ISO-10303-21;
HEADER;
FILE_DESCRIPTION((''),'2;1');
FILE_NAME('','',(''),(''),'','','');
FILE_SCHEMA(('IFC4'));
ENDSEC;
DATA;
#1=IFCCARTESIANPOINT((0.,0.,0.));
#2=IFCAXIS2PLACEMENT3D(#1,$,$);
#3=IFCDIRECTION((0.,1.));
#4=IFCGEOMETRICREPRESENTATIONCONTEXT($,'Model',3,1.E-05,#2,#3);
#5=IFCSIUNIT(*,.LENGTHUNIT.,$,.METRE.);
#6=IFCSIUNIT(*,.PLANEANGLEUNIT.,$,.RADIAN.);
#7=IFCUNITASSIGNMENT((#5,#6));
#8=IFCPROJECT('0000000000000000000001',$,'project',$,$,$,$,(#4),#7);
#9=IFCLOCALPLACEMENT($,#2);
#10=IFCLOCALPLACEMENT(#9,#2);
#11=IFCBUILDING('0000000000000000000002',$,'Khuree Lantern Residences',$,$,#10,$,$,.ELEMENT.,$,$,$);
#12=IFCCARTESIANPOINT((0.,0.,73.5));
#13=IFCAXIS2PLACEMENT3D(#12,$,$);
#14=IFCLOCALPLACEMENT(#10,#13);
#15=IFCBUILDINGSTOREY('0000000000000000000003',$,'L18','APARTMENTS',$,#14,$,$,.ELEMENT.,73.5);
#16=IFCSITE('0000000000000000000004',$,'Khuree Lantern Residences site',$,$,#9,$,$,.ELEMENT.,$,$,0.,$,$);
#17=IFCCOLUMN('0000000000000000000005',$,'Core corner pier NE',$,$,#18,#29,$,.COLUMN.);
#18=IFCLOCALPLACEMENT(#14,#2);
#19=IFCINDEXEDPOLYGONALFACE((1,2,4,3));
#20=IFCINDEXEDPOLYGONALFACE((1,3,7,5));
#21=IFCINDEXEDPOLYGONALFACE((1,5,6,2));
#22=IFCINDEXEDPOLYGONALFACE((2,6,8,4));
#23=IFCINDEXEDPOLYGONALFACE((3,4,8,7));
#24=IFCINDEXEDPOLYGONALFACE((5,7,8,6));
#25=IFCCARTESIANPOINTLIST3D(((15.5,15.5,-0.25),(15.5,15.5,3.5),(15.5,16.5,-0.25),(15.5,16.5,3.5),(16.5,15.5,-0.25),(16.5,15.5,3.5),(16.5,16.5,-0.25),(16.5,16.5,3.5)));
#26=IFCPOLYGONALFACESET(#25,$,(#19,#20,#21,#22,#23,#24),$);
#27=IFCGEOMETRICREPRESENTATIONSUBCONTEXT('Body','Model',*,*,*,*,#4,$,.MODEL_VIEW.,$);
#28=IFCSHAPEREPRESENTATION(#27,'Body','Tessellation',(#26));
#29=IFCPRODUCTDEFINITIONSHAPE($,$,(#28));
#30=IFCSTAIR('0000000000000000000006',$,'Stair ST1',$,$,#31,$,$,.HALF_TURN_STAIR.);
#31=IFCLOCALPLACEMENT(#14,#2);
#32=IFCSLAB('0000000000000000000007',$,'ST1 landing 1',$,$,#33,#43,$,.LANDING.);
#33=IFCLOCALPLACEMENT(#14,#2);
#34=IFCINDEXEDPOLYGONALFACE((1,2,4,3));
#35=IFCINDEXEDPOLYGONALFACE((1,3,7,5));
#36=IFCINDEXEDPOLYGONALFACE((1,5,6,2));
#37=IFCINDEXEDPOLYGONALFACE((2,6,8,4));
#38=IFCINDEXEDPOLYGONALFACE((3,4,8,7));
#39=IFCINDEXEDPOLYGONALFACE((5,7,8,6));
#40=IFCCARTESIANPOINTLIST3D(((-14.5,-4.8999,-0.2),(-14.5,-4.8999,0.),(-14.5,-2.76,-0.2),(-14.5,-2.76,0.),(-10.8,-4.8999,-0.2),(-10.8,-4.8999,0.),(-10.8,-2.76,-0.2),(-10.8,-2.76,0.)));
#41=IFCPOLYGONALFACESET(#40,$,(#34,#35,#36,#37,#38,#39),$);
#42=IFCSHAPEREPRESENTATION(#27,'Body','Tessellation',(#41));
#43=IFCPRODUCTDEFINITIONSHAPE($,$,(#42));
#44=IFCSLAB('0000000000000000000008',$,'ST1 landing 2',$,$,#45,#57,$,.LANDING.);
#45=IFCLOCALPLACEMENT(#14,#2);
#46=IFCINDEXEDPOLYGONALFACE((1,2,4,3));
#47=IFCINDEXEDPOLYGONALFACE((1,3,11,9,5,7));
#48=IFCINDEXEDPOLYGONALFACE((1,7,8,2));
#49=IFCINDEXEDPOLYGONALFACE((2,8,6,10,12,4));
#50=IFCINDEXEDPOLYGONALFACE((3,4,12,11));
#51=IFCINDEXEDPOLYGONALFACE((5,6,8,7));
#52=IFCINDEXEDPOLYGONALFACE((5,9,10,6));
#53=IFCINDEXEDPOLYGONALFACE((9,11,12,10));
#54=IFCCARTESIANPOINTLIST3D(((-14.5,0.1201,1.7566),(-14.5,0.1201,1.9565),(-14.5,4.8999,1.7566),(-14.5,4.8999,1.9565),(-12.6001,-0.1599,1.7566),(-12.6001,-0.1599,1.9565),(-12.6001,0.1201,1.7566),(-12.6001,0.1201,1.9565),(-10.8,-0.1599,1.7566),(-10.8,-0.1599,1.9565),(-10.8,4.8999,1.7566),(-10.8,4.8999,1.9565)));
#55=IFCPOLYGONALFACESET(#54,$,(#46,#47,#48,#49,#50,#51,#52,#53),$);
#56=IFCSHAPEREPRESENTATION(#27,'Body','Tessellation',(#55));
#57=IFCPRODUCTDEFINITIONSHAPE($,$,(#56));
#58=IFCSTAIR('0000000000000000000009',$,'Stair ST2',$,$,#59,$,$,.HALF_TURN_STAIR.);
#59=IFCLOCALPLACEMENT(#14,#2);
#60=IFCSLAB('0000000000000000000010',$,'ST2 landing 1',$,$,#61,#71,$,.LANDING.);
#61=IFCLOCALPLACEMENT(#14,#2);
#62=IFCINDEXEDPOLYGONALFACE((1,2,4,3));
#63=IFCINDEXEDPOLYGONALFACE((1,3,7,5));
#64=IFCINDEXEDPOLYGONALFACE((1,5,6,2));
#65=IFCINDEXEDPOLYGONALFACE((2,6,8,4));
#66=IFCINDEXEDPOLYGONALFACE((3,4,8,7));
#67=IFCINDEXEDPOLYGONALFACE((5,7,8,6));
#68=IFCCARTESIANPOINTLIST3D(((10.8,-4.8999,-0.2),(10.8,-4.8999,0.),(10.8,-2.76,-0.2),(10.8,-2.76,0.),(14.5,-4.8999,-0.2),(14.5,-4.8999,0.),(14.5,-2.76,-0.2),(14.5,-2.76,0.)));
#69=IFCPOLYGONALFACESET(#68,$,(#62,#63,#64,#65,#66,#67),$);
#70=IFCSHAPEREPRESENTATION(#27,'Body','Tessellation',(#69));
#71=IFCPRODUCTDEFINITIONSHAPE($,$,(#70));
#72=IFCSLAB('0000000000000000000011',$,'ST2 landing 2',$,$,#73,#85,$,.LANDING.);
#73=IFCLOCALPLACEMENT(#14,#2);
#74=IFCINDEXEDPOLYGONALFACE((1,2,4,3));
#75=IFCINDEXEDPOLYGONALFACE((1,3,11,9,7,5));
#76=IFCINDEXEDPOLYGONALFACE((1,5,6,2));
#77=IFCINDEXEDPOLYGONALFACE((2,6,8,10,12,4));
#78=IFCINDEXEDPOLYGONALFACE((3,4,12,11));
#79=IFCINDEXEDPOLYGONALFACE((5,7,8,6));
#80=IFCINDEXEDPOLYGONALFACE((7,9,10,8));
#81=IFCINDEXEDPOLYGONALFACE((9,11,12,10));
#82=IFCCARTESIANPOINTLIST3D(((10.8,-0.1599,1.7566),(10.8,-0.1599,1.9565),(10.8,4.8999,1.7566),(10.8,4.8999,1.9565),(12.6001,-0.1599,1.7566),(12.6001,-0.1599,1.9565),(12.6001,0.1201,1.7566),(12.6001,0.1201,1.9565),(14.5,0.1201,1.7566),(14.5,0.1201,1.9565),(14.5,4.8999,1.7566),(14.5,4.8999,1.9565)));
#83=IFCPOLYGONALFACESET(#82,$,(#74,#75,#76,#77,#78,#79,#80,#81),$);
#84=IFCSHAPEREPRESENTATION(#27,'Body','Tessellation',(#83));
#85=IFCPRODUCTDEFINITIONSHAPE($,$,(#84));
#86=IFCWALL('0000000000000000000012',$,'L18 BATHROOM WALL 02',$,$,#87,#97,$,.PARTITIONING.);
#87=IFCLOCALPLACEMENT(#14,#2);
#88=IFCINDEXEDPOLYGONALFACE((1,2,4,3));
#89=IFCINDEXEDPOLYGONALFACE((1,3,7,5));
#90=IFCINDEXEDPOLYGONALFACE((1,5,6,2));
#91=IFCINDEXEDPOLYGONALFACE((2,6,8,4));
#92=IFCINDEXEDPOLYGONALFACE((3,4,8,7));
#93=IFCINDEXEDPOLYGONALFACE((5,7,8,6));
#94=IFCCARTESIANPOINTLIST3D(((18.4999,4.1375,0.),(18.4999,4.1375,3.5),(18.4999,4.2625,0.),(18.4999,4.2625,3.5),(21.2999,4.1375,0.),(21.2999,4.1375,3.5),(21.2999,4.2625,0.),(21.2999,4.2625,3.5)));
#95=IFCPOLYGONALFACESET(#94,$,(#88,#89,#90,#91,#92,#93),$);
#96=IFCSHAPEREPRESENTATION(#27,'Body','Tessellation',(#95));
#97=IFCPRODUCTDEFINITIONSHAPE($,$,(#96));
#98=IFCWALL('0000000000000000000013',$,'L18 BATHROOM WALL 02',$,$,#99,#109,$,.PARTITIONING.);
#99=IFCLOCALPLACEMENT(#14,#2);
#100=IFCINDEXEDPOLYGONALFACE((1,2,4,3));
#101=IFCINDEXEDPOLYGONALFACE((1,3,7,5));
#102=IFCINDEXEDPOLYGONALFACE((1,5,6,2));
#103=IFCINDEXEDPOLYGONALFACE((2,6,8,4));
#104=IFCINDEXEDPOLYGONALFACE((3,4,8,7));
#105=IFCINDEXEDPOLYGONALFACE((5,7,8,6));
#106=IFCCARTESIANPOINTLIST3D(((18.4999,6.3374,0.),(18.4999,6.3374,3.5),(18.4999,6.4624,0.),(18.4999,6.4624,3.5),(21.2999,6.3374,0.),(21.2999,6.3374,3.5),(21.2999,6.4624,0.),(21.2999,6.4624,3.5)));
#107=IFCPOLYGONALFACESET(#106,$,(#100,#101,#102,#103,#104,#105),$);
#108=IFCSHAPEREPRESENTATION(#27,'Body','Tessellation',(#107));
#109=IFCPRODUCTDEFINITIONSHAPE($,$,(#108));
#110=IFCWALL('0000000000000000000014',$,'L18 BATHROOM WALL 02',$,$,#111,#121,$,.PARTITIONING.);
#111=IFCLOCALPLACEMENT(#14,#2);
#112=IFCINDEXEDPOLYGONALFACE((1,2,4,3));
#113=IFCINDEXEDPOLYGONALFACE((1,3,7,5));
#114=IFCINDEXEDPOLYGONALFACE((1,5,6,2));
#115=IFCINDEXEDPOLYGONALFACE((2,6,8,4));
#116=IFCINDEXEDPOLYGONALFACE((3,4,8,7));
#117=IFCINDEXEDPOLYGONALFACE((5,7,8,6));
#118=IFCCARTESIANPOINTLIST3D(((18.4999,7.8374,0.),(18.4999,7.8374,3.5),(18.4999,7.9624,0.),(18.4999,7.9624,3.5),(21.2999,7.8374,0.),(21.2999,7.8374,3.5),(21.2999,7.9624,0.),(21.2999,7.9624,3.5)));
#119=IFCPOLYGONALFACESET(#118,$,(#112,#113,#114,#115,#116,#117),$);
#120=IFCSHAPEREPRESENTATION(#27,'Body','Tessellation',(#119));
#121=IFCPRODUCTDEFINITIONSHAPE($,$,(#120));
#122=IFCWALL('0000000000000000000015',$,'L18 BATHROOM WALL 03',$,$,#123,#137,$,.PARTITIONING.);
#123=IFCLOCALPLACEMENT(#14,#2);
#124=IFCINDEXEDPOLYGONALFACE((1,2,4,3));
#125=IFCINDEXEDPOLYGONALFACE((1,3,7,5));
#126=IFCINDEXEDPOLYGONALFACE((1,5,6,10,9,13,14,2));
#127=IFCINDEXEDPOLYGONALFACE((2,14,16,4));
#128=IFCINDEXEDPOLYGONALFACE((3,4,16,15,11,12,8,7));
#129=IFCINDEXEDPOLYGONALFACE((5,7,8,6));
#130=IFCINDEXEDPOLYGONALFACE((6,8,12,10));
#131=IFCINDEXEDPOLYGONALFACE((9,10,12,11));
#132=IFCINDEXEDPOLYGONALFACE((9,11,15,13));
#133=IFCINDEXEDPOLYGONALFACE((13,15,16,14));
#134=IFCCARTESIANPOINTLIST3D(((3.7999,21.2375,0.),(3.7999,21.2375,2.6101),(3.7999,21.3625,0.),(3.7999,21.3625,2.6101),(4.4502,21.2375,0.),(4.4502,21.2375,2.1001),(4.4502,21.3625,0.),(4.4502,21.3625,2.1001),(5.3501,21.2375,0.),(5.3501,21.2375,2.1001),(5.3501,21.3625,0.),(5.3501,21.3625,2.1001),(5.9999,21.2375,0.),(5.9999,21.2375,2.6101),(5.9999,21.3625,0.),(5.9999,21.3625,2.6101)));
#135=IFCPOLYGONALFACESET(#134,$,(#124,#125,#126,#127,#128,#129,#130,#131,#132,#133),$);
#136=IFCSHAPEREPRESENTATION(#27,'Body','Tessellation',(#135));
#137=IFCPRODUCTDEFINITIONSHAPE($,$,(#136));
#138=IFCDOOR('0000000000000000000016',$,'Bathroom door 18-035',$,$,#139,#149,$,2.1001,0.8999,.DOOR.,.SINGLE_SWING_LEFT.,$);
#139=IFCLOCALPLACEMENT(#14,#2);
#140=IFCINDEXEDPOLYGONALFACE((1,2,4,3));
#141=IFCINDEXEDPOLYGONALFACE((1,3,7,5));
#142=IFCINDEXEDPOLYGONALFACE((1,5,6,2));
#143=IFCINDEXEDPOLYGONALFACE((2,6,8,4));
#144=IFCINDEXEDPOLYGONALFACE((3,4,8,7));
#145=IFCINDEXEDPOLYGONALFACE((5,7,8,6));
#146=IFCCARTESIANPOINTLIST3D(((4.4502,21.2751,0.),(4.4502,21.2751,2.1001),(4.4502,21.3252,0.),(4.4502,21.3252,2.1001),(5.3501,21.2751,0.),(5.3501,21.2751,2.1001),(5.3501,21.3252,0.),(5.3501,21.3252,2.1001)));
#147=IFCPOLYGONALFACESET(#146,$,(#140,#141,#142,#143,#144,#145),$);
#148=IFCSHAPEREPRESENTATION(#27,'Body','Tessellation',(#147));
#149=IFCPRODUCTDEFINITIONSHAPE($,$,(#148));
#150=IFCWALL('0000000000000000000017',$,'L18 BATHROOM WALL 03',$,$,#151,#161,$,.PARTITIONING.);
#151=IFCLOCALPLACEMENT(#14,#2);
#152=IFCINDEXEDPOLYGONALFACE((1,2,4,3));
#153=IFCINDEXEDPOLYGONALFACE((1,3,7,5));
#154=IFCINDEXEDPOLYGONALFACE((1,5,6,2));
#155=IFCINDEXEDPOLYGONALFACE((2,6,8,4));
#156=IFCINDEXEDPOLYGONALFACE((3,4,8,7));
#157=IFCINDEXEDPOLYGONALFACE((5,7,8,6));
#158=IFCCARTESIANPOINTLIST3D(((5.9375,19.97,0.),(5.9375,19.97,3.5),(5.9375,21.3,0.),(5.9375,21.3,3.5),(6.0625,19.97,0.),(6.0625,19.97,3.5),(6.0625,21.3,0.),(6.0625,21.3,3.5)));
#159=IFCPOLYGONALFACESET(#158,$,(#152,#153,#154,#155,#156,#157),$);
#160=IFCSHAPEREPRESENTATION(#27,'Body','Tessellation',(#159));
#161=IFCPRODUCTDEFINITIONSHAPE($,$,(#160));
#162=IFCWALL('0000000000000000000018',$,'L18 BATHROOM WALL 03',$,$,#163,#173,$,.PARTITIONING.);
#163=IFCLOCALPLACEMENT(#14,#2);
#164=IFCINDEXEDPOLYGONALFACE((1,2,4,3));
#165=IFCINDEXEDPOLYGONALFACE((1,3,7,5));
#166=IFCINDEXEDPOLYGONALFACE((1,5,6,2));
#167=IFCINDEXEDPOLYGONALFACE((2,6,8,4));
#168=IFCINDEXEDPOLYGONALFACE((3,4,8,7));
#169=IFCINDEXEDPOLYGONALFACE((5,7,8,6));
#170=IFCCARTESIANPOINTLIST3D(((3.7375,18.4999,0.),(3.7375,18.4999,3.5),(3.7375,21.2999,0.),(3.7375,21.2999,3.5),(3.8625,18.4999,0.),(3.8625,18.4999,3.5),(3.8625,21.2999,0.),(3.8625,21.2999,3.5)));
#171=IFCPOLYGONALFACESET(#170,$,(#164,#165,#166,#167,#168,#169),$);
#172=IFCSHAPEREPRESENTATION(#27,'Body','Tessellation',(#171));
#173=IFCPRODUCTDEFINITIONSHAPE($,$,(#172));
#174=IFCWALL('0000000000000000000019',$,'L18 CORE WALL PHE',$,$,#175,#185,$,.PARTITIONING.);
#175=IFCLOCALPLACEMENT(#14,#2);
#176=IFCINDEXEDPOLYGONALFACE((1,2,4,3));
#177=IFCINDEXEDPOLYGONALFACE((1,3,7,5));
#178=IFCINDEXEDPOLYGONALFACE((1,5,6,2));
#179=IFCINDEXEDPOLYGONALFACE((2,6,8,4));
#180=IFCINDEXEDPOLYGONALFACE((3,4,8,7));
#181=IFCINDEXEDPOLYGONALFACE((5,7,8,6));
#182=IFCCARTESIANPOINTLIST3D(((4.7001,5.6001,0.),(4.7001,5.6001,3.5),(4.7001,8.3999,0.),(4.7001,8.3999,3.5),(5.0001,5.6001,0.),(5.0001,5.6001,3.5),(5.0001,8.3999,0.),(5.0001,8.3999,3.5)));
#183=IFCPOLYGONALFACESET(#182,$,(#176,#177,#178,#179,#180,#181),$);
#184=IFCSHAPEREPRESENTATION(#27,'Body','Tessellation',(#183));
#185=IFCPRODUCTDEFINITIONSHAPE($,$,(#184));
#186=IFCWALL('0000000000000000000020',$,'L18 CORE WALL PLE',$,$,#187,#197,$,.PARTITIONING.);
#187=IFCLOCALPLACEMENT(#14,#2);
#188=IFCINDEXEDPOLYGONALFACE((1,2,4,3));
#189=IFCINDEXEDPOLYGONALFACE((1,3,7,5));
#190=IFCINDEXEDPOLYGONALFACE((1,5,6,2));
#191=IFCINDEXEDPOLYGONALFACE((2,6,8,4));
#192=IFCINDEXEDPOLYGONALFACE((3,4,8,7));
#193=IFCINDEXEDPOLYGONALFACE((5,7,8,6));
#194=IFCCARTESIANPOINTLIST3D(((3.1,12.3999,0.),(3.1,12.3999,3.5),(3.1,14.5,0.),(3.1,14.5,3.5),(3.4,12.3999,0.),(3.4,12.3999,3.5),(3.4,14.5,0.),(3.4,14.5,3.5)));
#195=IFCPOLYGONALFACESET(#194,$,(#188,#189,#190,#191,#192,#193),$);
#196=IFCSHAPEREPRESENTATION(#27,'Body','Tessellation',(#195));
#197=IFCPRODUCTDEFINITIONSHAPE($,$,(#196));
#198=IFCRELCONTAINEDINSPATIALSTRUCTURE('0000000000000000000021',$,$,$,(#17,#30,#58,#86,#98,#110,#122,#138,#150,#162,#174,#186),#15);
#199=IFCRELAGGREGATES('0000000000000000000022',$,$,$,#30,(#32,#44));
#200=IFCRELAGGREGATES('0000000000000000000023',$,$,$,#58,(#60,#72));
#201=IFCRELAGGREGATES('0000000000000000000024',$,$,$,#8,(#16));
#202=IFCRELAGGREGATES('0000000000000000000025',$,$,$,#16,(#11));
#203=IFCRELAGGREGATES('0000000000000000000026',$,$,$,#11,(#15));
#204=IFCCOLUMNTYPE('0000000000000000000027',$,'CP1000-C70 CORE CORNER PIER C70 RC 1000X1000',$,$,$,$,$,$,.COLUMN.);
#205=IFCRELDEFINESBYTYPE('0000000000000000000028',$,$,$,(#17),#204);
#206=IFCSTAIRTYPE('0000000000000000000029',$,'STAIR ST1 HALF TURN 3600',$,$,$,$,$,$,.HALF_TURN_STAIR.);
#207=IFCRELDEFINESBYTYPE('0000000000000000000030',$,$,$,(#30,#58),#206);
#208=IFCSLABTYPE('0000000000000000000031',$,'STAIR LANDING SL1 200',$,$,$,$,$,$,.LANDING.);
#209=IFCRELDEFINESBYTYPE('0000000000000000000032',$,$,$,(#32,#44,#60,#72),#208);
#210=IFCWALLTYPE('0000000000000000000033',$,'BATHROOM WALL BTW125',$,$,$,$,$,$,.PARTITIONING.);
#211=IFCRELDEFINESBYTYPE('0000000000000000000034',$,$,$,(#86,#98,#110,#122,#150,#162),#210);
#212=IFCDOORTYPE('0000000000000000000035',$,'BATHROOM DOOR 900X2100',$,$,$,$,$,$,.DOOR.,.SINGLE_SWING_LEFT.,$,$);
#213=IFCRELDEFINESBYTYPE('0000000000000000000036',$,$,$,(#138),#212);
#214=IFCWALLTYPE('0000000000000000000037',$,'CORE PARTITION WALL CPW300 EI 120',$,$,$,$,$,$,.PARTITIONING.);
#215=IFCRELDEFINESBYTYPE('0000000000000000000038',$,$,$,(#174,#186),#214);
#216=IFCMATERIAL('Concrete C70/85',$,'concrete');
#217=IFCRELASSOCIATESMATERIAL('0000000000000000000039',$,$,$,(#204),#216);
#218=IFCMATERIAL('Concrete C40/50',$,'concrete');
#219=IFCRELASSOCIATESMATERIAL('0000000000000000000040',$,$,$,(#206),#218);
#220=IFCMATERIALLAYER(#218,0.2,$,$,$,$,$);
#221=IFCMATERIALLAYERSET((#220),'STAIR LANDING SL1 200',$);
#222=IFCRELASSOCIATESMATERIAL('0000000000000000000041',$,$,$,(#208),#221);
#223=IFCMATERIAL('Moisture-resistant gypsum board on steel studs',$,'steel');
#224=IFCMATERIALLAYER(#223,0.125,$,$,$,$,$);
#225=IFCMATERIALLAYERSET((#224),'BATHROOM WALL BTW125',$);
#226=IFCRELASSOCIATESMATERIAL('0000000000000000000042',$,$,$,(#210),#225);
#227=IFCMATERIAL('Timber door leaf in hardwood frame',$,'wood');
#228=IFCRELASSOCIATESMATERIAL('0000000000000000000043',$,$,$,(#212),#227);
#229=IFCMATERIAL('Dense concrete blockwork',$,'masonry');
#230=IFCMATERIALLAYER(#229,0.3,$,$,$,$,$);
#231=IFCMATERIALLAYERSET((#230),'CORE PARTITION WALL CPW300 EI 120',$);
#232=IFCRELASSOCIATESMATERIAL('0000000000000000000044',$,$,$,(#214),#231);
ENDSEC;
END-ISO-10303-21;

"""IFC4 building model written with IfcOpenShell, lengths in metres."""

from ifc_helpers import new_model, si_unit, direction, frame, frame_2d, origin, origin_2d, place, context, subcontext, project, spatial, polyline, rectangle, outline, extrude, material, layer, layer_set, material_profile, profile_set, type_object, element, fill, aggregate, save


model = new_model("IFC4")

# Units and contexts
model_context = context("Model", 3, precision=1e-05, world=origin(), true_north=direction((0.0, 1.0)))
body_context = subcontext(model_context, "Body", "Model", "MODEL_VIEW")
ifc_project = project(units=[si_unit("LENGTHUNIT", "METRE"), si_unit("PLANEANGLEUNIT", "RADIAN")], contexts=[model_context])

# Site, building, storey
site_placement = place(None, origin())
site = spatial("IfcSite", under=ifc_project, at=site_placement, Name="Khuree Lantern Residences site", CompositionType="ELEMENT", RefElevation=0.0)
building_placement = place(site_placement, origin())
building = spatial("IfcBuilding", under=site, at=building_placement, Name="Khuree Lantern Residences", CompositionType="ELEMENT")
storey_placement = place(building_placement, frame((0.0, 0.0, 73.5)))
storey = spatial("IfcBuildingStorey", under=building, at=storey_placement, Name="L18", Description="APARTMENTS", CompositionType="ELEMENT", Elevation=73.5)

# Column
ifc_material_1 = material(Name="Concrete C70/85", Category="concrete")
ifc_material_profile = material_profile(ifc_material_1, rectangle(XDim=1.0, YDim=1.0, at=origin_2d()), Name="RC 1000X1000")
ifc_profile_set = profile_set([ifc_material_profile], Name="Concrete C70/85")
column_type = type_object("IfcColumnType", Name="CP1000-C70 CORE CORNER PIER C70 RC 1000X1000", PredefinedType="COLUMN", material=ifc_profile_set)
column_placement = place(storey_placement, frame((16.0, 16.0, -0.25), z_axis=(0.0, 0.0, 1.0), x_axis=(1.0, 0.0, 0.0)))
element("IfcColumn", 1, at=column_placement, inside=storey, type_object=column_type, Name="Core corner pier NE", PredefinedType="COLUMN", context=body_context, shape_type="SweptSolid", body=[
    extrude(rectangle(XDim=1.0, YDim=1.0, at=origin_2d()), origin(), (0.0, 0.0, 1.0), 3.75),
])

# Stairs, slabs
ifc_material_2 = material(Name="Concrete C40/50", Category="concrete")
stair_type = type_object("IfcStairType", Name="STAIR ST1 HALF TURN 3600", PredefinedType="HALF_TURN_STAIR", material=ifc_material_2)
stair_1_placement = place(storey_placement, origin())
stair_1 = element("IfcStair", 2, at=stair_1_placement, inside=storey, type_object=stair_type, Name="Stair ST1", PredefinedType="HALF_TURN_STAIR")
ifc_layer_1 = layer(ifc_material_2, 0.2)
ifc_layer_set_1 = layer_set([ifc_layer_1], Name="STAIR LANDING SL1 200")
slab_type = type_object("IfcSlabType", Name="STAIR LANDING SL1 200", PredefinedType="LANDING", material=ifc_layer_set_1)
slab_1_placement = place(storey_placement, frame((0.0, 0.0, -0.2)))
slab_1 = element("IfcSlab", 3, at=slab_1_placement, type_object=slab_type, Name="ST1 landing 1", PredefinedType="LANDING", context=body_context, shape_type="SweptSolid", body=[
    extrude(outline(polyline([(-14.5, -4.8999), (-10.8, -4.8999), (-10.8, -2.76), (-14.5, -2.76), (-14.5, -4.8999)])), origin(), (0.0, 0.0, 1.0), 0.2),
])
slab_2_placement = place(storey_placement, frame((0.0, 0.0, 1.7566)))
slab_2 = element("IfcSlab", 4, at=slab_2_placement, type_object=slab_type, Name="ST1 landing 2", PredefinedType="LANDING", context=body_context, shape_type="SweptSolid", body=[
    extrude(outline(polyline([(-14.5, 0.1201), (-14.5, 4.8999), (-10.8, 4.8999), (-10.8, -0.1599), (-12.6001, -0.1599), (-12.6001, 0.1201), (-14.5, 0.1201)])), origin(), (0.0, 0.0, 1.0), 0.2),
])
aggregate(stair_1, [slab_1, slab_2])
stair_2_placement = place(storey_placement, origin())
stair_2 = element("IfcStair", 5, at=stair_2_placement, inside=storey, type_object=stair_type, Name="Stair ST2", PredefinedType="HALF_TURN_STAIR")
slab_3_placement = place(storey_placement, frame((0.0, 0.0, -0.2)))
slab_3 = element("IfcSlab", 6, at=slab_3_placement, type_object=slab_type, Name="ST2 landing 1", PredefinedType="LANDING", context=body_context, shape_type="SweptSolid", body=[
    extrude(outline(polyline([(10.8, -4.8999), (14.5, -4.8999), (14.5, -2.76), (10.8, -2.76), (10.8, -4.8999)])), origin(), (0.0, 0.0, 1.0), 0.2),
])
slab_4_placement = place(storey_placement, frame((0.0, 0.0, 1.7566)))
slab_4 = element("IfcSlab", 7, at=slab_4_placement, type_object=slab_type, Name="ST2 landing 2", PredefinedType="LANDING", context=body_context, shape_type="SweptSolid", body=[
    extrude(outline(polyline([(14.5, 4.8999), (14.5, 0.1201), (12.6001, 0.1201), (12.6001, -0.1599), (10.8, -0.1599), (10.8, 4.8999), (14.5, 4.8999)])), origin(), (0.0, 0.0, 1.0), 0.2),
])
aggregate(stair_2, [slab_3, slab_4])

# Walls
ifc_material_3 = material(Name="Moisture-resistant gypsum board on steel studs", Category="steel")
ifc_layer_2 = layer(ifc_material_3, 0.125)
ifc_layer_set_2 = layer_set([ifc_layer_2], Name="BATHROOM WALL BTW125")
wall_type_1 = type_object("IfcWallType", Name="BATHROOM WALL BTW125", PredefinedType="PARTITIONING", material=ifc_layer_set_2)
for number, where, z_axis, x_axis, name in (
    (8, (18.5, 4.2, 0.0), (0.0, 0.0, 1.0), (1.0, 0.0, 0.0), "L18 BATHROOM WALL 02"),
    (9, (18.5, 6.3999, 0.0), (0.0, 0.0, 1.0), (1.0, 0.0, 0.0), "L18 BATHROOM WALL 02"),
    (10, (18.5, 7.8999, 0.0), (0.0, 0.0, 1.0), (1.0, 0.0, 0.0), "L18 BATHROOM WALL 02"),
):
    element("IfcWall", number, at=place(storey_placement, frame(where, z_axis=z_axis, x_axis=x_axis)), inside=storey, type_object=wall_type_1, Name=name, PredefinedType="PARTITIONING", context=body_context, shape_type="SweptSolid", body=[
        extrude(rectangle(XDim=2.8, YDim=0.125, at=frame_2d((1.3999, 0.0))), origin(), (0.0, 0.0, 1.0), 3.5),
    ])

# Wall, opening, door
wall_1_placement = place(storey_placement, frame((6.0, 21.3, 0.0), z_axis=(0.0, 0.0, 1.0), x_axis=(-1.0, 0.0, 0.0)))
wall_1 = element("IfcWall", 11, at=wall_1_placement, inside=storey, type_object=wall_type_1, Name="L18 BATHROOM WALL 03", PredefinedType="PARTITIONING", context=body_context, shape_type="SweptSolid", body=[
    extrude(rectangle(XDim=2.2, YDim=0.125, at=frame_2d((1.1001, 0.0))), origin(), (0.0, 0.0, 1.0), 2.6101),
])
opening_1_placement = place(wall_1_placement, frame((0.6499, 0.0, 0.0)))
opening_1 = element("IfcOpeningElement", 12, at=opening_1_placement, cuts=wall_1, PredefinedType="OPENING", context=body_context, shape_type="SweptSolid", body=[
    extrude(rectangle(XDim=0.8999, YDim=2.1001, at=frame_2d((0.45, 1.05))), frame((0.0, 0.0725, 0.0), z_axis=(0.0, -1.0, 0.0), x_axis=(1.0, 0.0, 0.0)), (0.0, 0.0, 1.0), 0.145),
])
ifc_material_4 = material(Name="Timber door leaf in hardwood frame", Category="wood")
door_type_1 = type_object("IfcDoorType", Name="BATHROOM DOOR 900X2100", OperationType="SINGLE_SWING_LEFT", PredefinedType="DOOR", material=ifc_material_4)
door_1_placement = place(opening_1_placement, origin())
door_1 = element("IfcDoor", 13, at=door_1_placement, inside=storey, type_object=door_type_1, Name="Bathroom door 18-035", OperationType="SINGLE_SWING_LEFT", OverallHeight=2.1001, OverallWidth=0.8999, PredefinedType="DOOR", context=body_context, shape_type="SweptSolid", body=[
    extrude(rectangle(XDim=0.8999, YDim=2.1001, at=frame_2d((0.45, 1.05))), frame((0.0, 0.0249, 0.0), z_axis=(0.0, -1.0, 0.0), x_axis=(1.0, 0.0, 0.0)), (0.0, 0.0, 1.0), 0.05),
])
fill(opening_1, door_1)

# Walls
wall_2_placement = place(storey_placement, frame((6.0, 19.97, 0.0), z_axis=(0.0, 0.0, 1.0), x_axis=(0.0, 1.0, 0.0)))
element("IfcWall", 14, at=wall_2_placement, inside=storey, type_object=wall_type_1, Name="L18 BATHROOM WALL 03", PredefinedType="PARTITIONING", context=body_context, shape_type="SweptSolid", body=[
    extrude(rectangle(XDim=1.3301, YDim=0.125, at=frame_2d((0.665, 0.0))), origin(), (0.0, 0.0, 1.0), 3.5),
])
wall_3_placement = place(storey_placement, frame((3.8, 18.5, 0.0), z_axis=(0.0, 0.0, 1.0), x_axis=(0.0, 1.0, 0.0)))
element("IfcWall", 15, at=wall_3_placement, inside=storey, type_object=wall_type_1, Name="L18 BATHROOM WALL 03", PredefinedType="PARTITIONING", context=body_context, shape_type="SweptSolid", body=[
    extrude(rectangle(XDim=2.8, YDim=0.125, at=frame_2d((1.3999, 0.0))), origin(), (0.0, 0.0, 1.0), 3.5),
])
ifc_material_5 = material(Name="Dense concrete blockwork", Category="masonry")
ifc_layer_3 = layer(ifc_material_5, 0.3)
ifc_layer_set_3 = layer_set([ifc_layer_3], Name="CORE PARTITION WALL CPW300 EI 120")
wall_type_2 = type_object("IfcWallType", Name="CORE PARTITION WALL CPW300 EI 120", PredefinedType="PARTITIONING", material=ifc_layer_set_3)
wall_4_placement = place(storey_placement, frame((4.8501, 5.6001, 0.0), z_axis=(0.0, 0.0, 1.0), x_axis=(0.0, 1.0, 0.0)))
element("IfcWall", 16, at=wall_4_placement, inside=storey, type_object=wall_type_2, Name="L18 CORE WALL PHE", PredefinedType="PARTITIONING", context=body_context, shape_type="SweptSolid", body=[
    extrude(rectangle(XDim=2.7998, YDim=0.3, at=frame_2d((1.3999, 0.0))), origin(), (0.0, 0.0, 1.0), 3.5),
])
wall_5_placement = place(storey_placement, frame((3.25, 12.3999, 0.0), z_axis=(0.0, 0.0, 1.0), x_axis=(0.0, 1.0, 0.0)))
element("IfcWall", 17, at=wall_5_placement, inside=storey, type_object=wall_type_2, Name="L18 CORE WALL PLE", PredefinedType="PARTITIONING", context=body_context, shape_type="SweptSolid", body=[
    extrude(rectangle(XDim=2.1001, YDim=0.3, at=frame_2d((1.05, 0.0))), origin(), (0.0, 0.0, 1.0), 3.5),
])

save(model, "model.ifc")
